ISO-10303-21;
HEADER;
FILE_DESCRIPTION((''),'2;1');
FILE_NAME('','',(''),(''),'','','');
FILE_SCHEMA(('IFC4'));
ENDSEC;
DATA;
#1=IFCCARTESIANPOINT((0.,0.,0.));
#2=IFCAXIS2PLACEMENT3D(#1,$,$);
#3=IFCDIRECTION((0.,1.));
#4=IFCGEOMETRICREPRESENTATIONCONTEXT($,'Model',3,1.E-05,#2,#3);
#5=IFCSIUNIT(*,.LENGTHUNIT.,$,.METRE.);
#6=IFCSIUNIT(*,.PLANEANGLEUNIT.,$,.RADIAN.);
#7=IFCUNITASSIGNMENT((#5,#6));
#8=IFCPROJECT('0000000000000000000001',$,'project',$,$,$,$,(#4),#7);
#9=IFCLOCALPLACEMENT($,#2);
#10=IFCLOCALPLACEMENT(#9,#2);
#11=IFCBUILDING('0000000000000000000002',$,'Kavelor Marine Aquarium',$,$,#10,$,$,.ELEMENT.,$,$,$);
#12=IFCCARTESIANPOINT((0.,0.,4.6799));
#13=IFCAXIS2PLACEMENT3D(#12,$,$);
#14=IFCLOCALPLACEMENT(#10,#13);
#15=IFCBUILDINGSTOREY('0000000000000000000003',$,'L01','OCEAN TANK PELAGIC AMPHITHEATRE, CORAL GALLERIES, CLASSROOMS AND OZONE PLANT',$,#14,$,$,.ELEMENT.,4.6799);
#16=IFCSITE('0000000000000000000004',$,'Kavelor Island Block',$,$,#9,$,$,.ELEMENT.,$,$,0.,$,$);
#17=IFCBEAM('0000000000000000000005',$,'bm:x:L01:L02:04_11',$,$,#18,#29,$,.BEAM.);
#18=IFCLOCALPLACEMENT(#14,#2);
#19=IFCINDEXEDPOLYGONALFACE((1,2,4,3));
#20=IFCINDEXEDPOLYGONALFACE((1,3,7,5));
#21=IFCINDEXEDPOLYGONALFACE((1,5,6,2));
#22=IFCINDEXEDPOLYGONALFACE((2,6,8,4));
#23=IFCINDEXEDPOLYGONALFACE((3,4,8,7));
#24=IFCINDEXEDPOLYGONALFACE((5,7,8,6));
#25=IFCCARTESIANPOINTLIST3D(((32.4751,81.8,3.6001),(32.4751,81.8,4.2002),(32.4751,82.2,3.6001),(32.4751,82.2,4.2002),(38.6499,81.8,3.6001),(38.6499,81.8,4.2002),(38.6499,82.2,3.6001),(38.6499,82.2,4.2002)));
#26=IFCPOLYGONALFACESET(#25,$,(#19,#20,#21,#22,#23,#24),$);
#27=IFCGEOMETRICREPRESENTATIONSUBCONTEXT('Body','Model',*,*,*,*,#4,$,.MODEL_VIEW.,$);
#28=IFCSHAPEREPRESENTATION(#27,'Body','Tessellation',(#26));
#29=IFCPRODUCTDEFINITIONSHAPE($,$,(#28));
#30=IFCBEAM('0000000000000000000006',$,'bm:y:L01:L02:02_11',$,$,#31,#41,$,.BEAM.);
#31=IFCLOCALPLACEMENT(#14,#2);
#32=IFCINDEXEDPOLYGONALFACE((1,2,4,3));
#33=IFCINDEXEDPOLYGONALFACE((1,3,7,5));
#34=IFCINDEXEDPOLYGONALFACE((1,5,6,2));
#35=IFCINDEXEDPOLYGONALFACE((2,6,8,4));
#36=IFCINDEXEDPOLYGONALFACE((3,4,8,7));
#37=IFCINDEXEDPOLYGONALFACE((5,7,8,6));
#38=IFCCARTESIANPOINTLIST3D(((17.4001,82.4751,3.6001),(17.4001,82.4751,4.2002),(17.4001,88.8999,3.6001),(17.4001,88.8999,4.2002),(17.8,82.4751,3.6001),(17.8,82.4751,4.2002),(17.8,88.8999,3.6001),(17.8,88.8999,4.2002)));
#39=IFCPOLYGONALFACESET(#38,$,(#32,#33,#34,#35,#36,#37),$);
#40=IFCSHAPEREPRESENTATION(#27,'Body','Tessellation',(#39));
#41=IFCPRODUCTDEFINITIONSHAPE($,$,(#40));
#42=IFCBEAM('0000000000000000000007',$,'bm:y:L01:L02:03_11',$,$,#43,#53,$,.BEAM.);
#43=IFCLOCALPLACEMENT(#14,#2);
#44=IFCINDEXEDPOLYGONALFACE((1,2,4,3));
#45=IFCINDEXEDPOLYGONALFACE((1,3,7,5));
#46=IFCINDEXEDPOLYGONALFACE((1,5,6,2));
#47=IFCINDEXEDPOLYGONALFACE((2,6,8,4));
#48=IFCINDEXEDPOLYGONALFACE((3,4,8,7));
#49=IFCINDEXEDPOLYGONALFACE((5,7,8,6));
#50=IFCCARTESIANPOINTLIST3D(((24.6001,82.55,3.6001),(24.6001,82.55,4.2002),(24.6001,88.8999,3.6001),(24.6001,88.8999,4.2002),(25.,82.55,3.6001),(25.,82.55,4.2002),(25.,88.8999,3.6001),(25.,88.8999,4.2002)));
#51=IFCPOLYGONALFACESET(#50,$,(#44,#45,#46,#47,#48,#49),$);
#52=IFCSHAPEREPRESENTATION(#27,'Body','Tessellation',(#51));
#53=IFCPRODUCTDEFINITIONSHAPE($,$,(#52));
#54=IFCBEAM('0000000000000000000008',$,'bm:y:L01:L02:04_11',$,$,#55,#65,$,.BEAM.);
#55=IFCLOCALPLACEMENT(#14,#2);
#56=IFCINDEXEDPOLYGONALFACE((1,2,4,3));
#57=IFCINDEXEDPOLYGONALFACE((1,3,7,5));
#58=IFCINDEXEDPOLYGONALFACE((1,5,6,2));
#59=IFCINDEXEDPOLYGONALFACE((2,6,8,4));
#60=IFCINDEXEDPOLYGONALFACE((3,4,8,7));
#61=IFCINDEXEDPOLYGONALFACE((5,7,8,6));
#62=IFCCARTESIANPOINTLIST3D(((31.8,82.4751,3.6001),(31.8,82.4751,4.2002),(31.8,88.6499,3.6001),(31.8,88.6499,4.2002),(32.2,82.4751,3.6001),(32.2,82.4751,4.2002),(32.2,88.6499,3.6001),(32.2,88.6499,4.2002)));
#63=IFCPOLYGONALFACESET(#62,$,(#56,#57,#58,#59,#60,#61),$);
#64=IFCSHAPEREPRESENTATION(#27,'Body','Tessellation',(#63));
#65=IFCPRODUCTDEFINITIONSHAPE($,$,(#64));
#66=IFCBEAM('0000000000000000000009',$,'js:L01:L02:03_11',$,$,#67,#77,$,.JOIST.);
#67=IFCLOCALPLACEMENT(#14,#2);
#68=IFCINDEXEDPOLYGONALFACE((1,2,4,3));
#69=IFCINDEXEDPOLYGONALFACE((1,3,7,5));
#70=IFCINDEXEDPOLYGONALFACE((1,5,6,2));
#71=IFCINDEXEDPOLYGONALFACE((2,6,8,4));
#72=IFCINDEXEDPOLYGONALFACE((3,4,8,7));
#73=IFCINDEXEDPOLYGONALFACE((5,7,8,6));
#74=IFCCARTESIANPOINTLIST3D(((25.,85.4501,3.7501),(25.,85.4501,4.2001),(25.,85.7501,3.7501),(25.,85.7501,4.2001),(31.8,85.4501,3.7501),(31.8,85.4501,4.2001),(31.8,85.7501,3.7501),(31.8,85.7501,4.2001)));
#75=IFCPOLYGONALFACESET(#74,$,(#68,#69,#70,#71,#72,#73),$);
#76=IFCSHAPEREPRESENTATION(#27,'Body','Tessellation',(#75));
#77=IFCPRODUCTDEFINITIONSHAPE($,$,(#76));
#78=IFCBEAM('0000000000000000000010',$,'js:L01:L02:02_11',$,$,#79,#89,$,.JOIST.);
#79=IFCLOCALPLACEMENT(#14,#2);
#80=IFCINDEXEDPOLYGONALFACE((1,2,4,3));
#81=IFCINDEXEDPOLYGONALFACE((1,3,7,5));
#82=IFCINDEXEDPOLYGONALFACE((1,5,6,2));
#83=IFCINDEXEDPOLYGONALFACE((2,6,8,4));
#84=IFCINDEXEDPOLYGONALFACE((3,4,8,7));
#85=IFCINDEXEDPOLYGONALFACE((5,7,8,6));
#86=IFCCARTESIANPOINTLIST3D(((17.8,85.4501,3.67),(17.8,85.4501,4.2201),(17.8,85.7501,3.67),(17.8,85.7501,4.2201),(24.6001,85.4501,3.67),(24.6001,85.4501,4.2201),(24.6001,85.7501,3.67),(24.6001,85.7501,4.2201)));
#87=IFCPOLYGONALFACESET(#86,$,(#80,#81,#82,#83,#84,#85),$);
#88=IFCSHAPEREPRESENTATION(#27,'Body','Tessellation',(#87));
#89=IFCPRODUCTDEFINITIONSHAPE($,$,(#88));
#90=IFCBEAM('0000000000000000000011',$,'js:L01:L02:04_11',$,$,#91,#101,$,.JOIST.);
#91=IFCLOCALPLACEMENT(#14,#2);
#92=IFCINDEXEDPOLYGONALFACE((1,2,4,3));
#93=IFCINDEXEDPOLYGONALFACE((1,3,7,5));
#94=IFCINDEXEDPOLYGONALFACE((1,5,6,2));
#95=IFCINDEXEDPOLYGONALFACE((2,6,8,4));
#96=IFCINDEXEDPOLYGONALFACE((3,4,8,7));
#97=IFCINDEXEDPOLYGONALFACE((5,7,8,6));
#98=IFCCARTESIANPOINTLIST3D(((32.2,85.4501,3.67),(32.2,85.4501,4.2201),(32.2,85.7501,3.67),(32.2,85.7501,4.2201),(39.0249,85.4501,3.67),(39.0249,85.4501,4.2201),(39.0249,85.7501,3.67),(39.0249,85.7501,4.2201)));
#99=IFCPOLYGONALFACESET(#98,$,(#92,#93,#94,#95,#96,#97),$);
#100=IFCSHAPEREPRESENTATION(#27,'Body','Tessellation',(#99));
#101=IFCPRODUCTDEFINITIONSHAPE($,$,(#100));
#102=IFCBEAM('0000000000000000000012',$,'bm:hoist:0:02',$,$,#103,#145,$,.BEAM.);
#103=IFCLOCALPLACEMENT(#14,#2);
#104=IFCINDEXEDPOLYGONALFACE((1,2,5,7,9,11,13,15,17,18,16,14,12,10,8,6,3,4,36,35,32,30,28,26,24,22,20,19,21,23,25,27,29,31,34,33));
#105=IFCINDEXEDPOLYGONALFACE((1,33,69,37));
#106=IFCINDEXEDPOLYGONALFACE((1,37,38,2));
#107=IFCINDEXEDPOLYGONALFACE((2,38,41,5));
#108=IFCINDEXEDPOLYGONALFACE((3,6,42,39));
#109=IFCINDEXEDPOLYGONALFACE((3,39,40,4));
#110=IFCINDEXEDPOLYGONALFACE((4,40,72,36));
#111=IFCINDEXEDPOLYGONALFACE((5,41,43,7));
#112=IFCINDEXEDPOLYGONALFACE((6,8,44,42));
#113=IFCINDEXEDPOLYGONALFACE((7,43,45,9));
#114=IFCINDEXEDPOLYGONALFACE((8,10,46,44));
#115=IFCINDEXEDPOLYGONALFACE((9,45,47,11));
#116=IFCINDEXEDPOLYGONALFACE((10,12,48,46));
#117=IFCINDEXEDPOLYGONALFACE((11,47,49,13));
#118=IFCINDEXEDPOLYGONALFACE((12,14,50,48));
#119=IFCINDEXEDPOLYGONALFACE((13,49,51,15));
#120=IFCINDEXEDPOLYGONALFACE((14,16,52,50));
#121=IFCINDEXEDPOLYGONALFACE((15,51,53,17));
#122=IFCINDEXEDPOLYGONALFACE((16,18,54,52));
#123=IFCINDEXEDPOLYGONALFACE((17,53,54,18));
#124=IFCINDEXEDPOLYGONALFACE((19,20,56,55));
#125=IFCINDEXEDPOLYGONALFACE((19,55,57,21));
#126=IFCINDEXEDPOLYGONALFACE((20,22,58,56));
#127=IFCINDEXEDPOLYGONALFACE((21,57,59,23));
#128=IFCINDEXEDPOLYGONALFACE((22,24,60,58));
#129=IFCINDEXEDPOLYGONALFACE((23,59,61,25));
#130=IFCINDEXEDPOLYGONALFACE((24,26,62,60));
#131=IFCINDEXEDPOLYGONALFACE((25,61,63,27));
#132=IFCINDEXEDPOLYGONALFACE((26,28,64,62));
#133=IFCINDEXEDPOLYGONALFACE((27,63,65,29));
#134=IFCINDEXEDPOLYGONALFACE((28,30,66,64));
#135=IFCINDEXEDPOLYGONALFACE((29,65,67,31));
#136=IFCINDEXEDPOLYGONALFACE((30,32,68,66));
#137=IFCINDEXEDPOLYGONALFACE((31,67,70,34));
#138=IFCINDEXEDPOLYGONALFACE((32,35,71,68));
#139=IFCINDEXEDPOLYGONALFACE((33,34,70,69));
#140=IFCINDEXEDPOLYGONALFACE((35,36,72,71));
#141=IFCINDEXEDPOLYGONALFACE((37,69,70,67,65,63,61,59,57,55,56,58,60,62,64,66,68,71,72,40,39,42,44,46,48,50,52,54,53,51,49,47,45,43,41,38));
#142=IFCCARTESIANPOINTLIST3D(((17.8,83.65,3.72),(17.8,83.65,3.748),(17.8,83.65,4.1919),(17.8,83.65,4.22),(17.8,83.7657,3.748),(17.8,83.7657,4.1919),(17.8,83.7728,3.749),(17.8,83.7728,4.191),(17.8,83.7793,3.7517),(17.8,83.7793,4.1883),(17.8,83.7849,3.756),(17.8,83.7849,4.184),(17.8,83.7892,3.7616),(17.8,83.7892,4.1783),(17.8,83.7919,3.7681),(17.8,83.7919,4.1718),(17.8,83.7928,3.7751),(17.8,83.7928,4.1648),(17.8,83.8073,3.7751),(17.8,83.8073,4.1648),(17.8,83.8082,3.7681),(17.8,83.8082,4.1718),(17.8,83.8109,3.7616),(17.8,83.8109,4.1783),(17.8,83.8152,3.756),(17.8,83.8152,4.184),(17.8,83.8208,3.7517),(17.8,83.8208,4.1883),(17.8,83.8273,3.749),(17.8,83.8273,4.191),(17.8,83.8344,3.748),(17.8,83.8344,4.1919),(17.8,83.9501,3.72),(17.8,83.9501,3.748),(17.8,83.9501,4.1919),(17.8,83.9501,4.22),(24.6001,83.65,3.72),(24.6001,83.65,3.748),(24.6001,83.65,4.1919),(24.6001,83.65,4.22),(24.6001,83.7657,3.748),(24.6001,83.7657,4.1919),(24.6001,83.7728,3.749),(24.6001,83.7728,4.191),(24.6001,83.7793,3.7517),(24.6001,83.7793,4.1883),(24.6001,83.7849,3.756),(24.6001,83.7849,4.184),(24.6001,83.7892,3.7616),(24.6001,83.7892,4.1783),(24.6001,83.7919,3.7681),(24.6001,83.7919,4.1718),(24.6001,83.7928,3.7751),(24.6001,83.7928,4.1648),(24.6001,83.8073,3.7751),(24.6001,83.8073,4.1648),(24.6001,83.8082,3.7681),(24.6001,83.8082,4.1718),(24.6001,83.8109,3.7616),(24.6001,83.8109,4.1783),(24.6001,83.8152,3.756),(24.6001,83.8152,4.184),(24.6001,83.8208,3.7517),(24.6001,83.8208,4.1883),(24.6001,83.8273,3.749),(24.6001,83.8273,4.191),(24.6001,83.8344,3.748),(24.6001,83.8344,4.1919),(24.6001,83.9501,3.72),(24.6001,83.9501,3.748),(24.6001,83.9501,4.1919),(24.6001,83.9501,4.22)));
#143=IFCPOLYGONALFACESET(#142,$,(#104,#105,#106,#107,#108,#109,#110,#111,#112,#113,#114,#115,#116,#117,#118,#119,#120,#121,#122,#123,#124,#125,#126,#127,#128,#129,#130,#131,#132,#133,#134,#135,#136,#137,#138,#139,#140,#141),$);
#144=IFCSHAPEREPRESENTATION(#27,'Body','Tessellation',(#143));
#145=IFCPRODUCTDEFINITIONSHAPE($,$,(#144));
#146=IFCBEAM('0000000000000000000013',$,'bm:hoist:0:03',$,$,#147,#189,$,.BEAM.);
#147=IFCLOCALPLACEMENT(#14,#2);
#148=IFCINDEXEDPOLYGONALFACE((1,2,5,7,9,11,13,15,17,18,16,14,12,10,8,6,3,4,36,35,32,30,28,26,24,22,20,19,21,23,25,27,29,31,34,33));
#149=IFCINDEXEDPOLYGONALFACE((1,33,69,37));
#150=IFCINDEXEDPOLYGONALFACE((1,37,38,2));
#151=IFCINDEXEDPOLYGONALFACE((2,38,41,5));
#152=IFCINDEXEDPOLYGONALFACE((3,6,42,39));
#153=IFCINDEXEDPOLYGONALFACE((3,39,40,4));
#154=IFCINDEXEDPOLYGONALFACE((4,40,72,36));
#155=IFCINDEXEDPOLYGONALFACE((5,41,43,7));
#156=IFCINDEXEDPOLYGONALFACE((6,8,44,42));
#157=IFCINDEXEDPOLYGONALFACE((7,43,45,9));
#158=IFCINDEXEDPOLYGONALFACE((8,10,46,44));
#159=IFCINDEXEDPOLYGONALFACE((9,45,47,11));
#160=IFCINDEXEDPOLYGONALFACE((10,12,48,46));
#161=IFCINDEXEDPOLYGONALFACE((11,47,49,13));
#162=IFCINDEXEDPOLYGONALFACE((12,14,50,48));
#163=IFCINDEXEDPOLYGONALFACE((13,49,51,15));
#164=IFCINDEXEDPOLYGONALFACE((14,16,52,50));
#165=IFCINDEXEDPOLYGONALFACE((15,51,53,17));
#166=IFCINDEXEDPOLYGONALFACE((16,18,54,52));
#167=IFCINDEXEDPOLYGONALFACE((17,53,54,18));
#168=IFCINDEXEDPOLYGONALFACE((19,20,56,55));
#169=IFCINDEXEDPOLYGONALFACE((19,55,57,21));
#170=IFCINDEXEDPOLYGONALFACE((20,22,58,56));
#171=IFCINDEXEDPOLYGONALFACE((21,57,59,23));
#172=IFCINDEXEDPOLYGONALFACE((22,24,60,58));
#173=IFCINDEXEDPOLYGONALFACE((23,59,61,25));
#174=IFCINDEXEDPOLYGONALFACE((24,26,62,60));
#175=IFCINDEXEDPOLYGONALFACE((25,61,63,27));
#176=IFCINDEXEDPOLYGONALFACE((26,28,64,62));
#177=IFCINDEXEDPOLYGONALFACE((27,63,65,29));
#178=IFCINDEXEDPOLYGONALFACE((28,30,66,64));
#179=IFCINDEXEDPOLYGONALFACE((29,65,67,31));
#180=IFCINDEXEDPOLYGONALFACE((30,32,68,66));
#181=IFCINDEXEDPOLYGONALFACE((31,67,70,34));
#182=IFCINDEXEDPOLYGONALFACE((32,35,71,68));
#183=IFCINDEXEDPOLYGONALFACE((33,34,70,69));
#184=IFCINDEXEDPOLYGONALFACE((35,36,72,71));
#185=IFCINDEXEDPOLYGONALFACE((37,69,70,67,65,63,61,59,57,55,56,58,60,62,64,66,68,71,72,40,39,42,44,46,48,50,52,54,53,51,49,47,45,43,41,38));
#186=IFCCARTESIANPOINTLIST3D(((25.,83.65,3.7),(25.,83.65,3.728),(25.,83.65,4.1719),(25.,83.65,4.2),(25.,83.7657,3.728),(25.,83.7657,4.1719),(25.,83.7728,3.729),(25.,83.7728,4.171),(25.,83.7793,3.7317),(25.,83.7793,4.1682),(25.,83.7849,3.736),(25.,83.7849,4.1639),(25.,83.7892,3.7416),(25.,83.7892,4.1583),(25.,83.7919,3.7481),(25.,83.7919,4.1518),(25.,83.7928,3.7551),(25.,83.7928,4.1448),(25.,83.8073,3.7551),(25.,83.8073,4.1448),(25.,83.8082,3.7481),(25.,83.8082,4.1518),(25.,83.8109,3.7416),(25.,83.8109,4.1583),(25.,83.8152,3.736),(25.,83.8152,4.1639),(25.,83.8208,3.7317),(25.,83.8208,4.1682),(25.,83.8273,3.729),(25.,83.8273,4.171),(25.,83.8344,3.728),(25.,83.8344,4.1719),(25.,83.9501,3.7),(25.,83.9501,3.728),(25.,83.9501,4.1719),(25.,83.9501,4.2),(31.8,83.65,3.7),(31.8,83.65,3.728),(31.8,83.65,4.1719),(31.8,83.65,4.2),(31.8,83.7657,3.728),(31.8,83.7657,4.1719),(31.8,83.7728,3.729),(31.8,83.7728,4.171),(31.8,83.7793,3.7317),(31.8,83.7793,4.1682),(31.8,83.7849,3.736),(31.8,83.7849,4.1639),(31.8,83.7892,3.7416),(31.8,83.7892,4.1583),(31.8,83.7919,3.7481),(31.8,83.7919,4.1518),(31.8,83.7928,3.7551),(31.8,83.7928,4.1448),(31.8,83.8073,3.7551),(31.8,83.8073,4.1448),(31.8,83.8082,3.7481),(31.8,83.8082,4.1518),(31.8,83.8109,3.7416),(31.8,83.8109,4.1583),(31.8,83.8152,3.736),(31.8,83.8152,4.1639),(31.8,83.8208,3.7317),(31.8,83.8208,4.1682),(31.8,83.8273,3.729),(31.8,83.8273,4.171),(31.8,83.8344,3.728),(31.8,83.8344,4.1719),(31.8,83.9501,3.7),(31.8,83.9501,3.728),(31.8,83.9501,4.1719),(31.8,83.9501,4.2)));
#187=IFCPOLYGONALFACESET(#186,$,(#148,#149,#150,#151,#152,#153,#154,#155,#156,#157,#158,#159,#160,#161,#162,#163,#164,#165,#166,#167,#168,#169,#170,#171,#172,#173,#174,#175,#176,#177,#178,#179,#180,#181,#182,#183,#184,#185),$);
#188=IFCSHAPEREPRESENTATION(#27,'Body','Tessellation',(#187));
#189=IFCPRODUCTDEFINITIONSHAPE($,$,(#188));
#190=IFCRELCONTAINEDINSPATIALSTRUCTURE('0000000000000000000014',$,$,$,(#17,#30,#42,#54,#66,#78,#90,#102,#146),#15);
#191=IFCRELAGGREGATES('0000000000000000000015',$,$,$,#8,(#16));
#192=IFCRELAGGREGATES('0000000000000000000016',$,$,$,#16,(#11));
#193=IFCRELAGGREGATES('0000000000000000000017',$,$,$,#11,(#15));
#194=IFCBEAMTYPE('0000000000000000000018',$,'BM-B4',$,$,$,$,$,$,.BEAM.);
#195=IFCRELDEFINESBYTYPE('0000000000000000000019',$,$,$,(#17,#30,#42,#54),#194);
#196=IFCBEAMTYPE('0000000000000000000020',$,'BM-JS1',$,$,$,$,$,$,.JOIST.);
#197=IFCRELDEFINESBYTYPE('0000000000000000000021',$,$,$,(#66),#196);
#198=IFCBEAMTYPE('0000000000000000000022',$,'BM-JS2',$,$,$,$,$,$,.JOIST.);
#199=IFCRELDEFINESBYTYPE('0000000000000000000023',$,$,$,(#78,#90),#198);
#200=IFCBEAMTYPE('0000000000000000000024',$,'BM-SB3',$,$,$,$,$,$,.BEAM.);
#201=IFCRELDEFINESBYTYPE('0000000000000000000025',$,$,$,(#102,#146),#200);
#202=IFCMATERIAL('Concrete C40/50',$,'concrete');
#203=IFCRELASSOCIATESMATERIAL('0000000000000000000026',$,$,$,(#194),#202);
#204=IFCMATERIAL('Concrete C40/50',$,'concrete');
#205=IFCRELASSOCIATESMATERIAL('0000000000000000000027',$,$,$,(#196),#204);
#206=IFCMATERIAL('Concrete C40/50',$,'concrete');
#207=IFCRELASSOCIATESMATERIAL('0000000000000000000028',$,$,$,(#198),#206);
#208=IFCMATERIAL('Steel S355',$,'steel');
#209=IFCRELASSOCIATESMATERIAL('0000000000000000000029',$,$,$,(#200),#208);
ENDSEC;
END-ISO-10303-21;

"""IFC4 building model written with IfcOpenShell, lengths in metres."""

from ifc_helpers import new_model, si_unit, direction, frame, origin, origin_2d, place, context, subcontext, project, spatial, rectangle, i_section, extrude, material, material_profile, profile_set, type_object, element, save


model = new_model("IFC4")

# Units and contexts
model_context = context("Model", 3, precision=1e-05, world=origin(), true_north=direction((0.0, 1.0)))
body_context = subcontext(model_context, "Body", "Model", "MODEL_VIEW")
ifc_project = project(units=[si_unit("LENGTHUNIT", "METRE"), si_unit("PLANEANGLEUNIT", "RADIAN")], contexts=[model_context])

# Site, building, storey
site_placement = place(None, origin())
site = spatial("IfcSite", under=ifc_project, at=site_placement, Name="Kavelor Island Block", CompositionType="ELEMENT", RefElevation=0.0)
building_placement = place(site_placement, origin())
building = spatial("IfcBuilding", under=site, at=building_placement, Name="Kavelor Marine Aquarium", CompositionType="ELEMENT")
storey_placement = place(building_placement, frame((0.0, 0.0, 4.6799)))
storey = spatial("IfcBuildingStorey", under=building, at=storey_placement, Name="L01", Description="OCEAN TANK PELAGIC AMPHITHEATRE, CORAL GALLERIES, CLASSROOMS AND OZONE PLANT", CompositionType="ELEMENT", Elevation=4.6799)

# Beams
ifc_material_1 = material(Name="Concrete C40/50", Category="concrete")
ifc_material_profile_1 = material_profile(ifc_material_1, rectangle(XDim=0.3999, YDim=0.6001, at=origin_2d()), Name="RC-BM 400x600")
ifc_profile_set_1 = profile_set([ifc_material_profile_1], Name="Concrete C40/50")
beam_type_1 = type_object("IfcBeamType", Name="BM-B4", PredefinedType="BEAM", material=ifc_profile_set_1)
beam_1_placement = place(storey_placement, frame((32.4751, 82.0, 3.9001), z_axis=(1.0, 0.0, 0.0), x_axis=(0.0, 1.0, 0.0)))
element("IfcBeam", 1, at=beam_1_placement, inside=storey, type_object=beam_type_1, Name="bm:x:L01:L02:04_11", PredefinedType="BEAM", context=body_context, shape_type="SweptSolid", body=[
    extrude(rectangle(XDim=0.3999, YDim=0.6001, at=origin_2d()), origin(), (0.0, 0.0, 1.0), 6.1748),
])
beam_2_placement = place(storey_placement, frame((17.6001, 82.4751, 3.9001), z_axis=(0.0, 1.0, 0.0), x_axis=(-1.0, 0.0, 0.0)))
element("IfcBeam", 2, at=beam_2_placement, inside=storey, type_object=beam_type_1, Name="bm:y:L01:L02:02_11", PredefinedType="BEAM", context=body_context, shape_type="SweptSolid", body=[
    extrude(rectangle(XDim=0.3999, YDim=0.6001, at=origin_2d()), origin(), (0.0, 0.0, 1.0), 6.4248),
])
beam_3_placement = place(storey_placement, frame((24.8, 82.55, 3.9001), z_axis=(0.0, 1.0, 0.0), x_axis=(-1.0, 0.0, 0.0)))
element("IfcBeam", 3, at=beam_3_placement, inside=storey, type_object=beam_type_1, Name="bm:y:L01:L02:03_11", PredefinedType="BEAM", context=body_context, shape_type="SweptSolid", body=[
    extrude(rectangle(XDim=0.3999, YDim=0.6001, at=origin_2d()), origin(), (0.0, 0.0, 1.0), 6.3499),
])
beam_4_placement = place(storey_placement, frame((32.0, 82.4751, 3.9001), z_axis=(0.0, 1.0, 0.0), x_axis=(-1.0, 0.0, 0.0)))
element("IfcBeam", 4, at=beam_4_placement, inside=storey, type_object=beam_type_1, Name="bm:y:L01:L02:04_11", PredefinedType="BEAM", context=body_context, shape_type="SweptSolid", body=[
    extrude(rectangle(XDim=0.3999, YDim=0.6001, at=origin_2d()), origin(), (0.0, 0.0, 1.0), 6.1748),
])
ifc_material_2 = material(Name="Concrete C40/50", Category="concrete")
ifc_material_profile_2 = material_profile(ifc_material_2, rectangle(XDim=0.3, YDim=0.45, at=origin_2d()), Name="RC-JS 300x450")
ifc_profile_set_2 = profile_set([ifc_material_profile_2], Name="Concrete C40/50")
beam_type_2 = type_object("IfcBeamType", Name="BM-JS1", PredefinedType="JOIST", material=ifc_profile_set_2)
beam_5_placement = place(storey_placement, frame((25.0, 85.6001, 3.9751), z_axis=(1.0, 0.0, 0.0), x_axis=(0.0, 1.0, 0.0)))
element("IfcBeam", 5, at=beam_5_placement, inside=storey, type_object=beam_type_2, Name="js:L01:L02:03_11", PredefinedType="JOIST", context=body_context, shape_type="SweptSolid", body=[
    extrude(rectangle(XDim=0.3, YDim=0.45, at=origin_2d()), origin(), (0.0, 0.0, 1.0), 6.8),
])
ifc_material_3 = material(Name="Concrete C40/50", Category="concrete")
ifc_material_profile_3 = material_profile(ifc_material_3, rectangle(XDim=0.3, YDim=0.55, at=origin_2d()), Name="RC-JS 300x550")
ifc_profile_set_3 = profile_set([ifc_material_profile_3], Name="Concrete C40/50")
beam_type_3 = type_object("IfcBeamType", Name="BM-JS2", PredefinedType="JOIST", material=ifc_profile_set_3)
beam_6_placement = place(storey_placement, frame((17.8, 85.6001, 3.9451), z_axis=(1.0, 0.0, 0.0), x_axis=(0.0, 1.0, 0.0)))
element("IfcBeam", 6, at=beam_6_placement, inside=storey, type_object=beam_type_3, Name="js:L01:L02:02_11", PredefinedType="JOIST", context=body_context, shape_type="SweptSolid", body=[
    extrude(rectangle(XDim=0.3, YDim=0.55, at=origin_2d()), origin(), (0.0, 0.0, 1.0), 6.8),
])
beam_7_placement = place(storey_placement, frame((32.2, 85.6001, 3.9451), z_axis=(1.0, 0.0, 0.0), x_axis=(0.0, 1.0, 0.0)))
element("IfcBeam", 7, at=beam_7_placement, inside=storey, type_object=beam_type_3, Name="js:L01:L02:04_11", PredefinedType="JOIST", context=body_context, shape_type="SweptSolid", body=[
    extrude(rectangle(XDim=0.3, YDim=0.55, at=origin_2d()), origin(), (0.0, 0.0, 1.0), 6.825),
])
ifc_material_4 = material(Name="Steel S355", Category="steel")
ifc_material_profile_4 = material_profile(ifc_material_4, i_section(OverallWidth=0.3, OverallDepth=0.5, WebThickness=0.0144, FlangeThickness=0.0281, FilletRadius=0.0271, at=origin_2d()), Name="HEB 500")
ifc_profile_set_4 = profile_set([ifc_material_profile_4], Name="Steel S355")
beam_type_4 = type_object("IfcBeamType", Name="BM-SB3", PredefinedType="BEAM", material=ifc_profile_set_4)
for number, where, z_axis, x_axis, name in (
    (8, (17.8, 83.8, 3.97), (1.0, 0.0, 0.0), (0.0, 1.0, 0.0), "bm:hoist:0:02"),
    (9, (25.0, 83.8, 3.95), (1.0, 0.0, 0.0), (0.0, 1.0, 0.0), "bm:hoist:0:03"),
):
    element("IfcBeam", number, at=place(storey_placement, frame(where, z_axis=z_axis, x_axis=x_axis)), inside=storey, type_object=beam_type_4, Name=name, PredefinedType="BEAM", context=body_context, shape_type="SweptSolid", body=[
        extrude(i_section(OverallWidth=0.3, OverallDepth=0.5, WebThickness=0.0144, FlangeThickness=0.0281, FilletRadius=0.0271, at=origin_2d()), origin(), (0.0, 0.0, 1.0), 6.8),
    ])

save(model, "model.ifc")
